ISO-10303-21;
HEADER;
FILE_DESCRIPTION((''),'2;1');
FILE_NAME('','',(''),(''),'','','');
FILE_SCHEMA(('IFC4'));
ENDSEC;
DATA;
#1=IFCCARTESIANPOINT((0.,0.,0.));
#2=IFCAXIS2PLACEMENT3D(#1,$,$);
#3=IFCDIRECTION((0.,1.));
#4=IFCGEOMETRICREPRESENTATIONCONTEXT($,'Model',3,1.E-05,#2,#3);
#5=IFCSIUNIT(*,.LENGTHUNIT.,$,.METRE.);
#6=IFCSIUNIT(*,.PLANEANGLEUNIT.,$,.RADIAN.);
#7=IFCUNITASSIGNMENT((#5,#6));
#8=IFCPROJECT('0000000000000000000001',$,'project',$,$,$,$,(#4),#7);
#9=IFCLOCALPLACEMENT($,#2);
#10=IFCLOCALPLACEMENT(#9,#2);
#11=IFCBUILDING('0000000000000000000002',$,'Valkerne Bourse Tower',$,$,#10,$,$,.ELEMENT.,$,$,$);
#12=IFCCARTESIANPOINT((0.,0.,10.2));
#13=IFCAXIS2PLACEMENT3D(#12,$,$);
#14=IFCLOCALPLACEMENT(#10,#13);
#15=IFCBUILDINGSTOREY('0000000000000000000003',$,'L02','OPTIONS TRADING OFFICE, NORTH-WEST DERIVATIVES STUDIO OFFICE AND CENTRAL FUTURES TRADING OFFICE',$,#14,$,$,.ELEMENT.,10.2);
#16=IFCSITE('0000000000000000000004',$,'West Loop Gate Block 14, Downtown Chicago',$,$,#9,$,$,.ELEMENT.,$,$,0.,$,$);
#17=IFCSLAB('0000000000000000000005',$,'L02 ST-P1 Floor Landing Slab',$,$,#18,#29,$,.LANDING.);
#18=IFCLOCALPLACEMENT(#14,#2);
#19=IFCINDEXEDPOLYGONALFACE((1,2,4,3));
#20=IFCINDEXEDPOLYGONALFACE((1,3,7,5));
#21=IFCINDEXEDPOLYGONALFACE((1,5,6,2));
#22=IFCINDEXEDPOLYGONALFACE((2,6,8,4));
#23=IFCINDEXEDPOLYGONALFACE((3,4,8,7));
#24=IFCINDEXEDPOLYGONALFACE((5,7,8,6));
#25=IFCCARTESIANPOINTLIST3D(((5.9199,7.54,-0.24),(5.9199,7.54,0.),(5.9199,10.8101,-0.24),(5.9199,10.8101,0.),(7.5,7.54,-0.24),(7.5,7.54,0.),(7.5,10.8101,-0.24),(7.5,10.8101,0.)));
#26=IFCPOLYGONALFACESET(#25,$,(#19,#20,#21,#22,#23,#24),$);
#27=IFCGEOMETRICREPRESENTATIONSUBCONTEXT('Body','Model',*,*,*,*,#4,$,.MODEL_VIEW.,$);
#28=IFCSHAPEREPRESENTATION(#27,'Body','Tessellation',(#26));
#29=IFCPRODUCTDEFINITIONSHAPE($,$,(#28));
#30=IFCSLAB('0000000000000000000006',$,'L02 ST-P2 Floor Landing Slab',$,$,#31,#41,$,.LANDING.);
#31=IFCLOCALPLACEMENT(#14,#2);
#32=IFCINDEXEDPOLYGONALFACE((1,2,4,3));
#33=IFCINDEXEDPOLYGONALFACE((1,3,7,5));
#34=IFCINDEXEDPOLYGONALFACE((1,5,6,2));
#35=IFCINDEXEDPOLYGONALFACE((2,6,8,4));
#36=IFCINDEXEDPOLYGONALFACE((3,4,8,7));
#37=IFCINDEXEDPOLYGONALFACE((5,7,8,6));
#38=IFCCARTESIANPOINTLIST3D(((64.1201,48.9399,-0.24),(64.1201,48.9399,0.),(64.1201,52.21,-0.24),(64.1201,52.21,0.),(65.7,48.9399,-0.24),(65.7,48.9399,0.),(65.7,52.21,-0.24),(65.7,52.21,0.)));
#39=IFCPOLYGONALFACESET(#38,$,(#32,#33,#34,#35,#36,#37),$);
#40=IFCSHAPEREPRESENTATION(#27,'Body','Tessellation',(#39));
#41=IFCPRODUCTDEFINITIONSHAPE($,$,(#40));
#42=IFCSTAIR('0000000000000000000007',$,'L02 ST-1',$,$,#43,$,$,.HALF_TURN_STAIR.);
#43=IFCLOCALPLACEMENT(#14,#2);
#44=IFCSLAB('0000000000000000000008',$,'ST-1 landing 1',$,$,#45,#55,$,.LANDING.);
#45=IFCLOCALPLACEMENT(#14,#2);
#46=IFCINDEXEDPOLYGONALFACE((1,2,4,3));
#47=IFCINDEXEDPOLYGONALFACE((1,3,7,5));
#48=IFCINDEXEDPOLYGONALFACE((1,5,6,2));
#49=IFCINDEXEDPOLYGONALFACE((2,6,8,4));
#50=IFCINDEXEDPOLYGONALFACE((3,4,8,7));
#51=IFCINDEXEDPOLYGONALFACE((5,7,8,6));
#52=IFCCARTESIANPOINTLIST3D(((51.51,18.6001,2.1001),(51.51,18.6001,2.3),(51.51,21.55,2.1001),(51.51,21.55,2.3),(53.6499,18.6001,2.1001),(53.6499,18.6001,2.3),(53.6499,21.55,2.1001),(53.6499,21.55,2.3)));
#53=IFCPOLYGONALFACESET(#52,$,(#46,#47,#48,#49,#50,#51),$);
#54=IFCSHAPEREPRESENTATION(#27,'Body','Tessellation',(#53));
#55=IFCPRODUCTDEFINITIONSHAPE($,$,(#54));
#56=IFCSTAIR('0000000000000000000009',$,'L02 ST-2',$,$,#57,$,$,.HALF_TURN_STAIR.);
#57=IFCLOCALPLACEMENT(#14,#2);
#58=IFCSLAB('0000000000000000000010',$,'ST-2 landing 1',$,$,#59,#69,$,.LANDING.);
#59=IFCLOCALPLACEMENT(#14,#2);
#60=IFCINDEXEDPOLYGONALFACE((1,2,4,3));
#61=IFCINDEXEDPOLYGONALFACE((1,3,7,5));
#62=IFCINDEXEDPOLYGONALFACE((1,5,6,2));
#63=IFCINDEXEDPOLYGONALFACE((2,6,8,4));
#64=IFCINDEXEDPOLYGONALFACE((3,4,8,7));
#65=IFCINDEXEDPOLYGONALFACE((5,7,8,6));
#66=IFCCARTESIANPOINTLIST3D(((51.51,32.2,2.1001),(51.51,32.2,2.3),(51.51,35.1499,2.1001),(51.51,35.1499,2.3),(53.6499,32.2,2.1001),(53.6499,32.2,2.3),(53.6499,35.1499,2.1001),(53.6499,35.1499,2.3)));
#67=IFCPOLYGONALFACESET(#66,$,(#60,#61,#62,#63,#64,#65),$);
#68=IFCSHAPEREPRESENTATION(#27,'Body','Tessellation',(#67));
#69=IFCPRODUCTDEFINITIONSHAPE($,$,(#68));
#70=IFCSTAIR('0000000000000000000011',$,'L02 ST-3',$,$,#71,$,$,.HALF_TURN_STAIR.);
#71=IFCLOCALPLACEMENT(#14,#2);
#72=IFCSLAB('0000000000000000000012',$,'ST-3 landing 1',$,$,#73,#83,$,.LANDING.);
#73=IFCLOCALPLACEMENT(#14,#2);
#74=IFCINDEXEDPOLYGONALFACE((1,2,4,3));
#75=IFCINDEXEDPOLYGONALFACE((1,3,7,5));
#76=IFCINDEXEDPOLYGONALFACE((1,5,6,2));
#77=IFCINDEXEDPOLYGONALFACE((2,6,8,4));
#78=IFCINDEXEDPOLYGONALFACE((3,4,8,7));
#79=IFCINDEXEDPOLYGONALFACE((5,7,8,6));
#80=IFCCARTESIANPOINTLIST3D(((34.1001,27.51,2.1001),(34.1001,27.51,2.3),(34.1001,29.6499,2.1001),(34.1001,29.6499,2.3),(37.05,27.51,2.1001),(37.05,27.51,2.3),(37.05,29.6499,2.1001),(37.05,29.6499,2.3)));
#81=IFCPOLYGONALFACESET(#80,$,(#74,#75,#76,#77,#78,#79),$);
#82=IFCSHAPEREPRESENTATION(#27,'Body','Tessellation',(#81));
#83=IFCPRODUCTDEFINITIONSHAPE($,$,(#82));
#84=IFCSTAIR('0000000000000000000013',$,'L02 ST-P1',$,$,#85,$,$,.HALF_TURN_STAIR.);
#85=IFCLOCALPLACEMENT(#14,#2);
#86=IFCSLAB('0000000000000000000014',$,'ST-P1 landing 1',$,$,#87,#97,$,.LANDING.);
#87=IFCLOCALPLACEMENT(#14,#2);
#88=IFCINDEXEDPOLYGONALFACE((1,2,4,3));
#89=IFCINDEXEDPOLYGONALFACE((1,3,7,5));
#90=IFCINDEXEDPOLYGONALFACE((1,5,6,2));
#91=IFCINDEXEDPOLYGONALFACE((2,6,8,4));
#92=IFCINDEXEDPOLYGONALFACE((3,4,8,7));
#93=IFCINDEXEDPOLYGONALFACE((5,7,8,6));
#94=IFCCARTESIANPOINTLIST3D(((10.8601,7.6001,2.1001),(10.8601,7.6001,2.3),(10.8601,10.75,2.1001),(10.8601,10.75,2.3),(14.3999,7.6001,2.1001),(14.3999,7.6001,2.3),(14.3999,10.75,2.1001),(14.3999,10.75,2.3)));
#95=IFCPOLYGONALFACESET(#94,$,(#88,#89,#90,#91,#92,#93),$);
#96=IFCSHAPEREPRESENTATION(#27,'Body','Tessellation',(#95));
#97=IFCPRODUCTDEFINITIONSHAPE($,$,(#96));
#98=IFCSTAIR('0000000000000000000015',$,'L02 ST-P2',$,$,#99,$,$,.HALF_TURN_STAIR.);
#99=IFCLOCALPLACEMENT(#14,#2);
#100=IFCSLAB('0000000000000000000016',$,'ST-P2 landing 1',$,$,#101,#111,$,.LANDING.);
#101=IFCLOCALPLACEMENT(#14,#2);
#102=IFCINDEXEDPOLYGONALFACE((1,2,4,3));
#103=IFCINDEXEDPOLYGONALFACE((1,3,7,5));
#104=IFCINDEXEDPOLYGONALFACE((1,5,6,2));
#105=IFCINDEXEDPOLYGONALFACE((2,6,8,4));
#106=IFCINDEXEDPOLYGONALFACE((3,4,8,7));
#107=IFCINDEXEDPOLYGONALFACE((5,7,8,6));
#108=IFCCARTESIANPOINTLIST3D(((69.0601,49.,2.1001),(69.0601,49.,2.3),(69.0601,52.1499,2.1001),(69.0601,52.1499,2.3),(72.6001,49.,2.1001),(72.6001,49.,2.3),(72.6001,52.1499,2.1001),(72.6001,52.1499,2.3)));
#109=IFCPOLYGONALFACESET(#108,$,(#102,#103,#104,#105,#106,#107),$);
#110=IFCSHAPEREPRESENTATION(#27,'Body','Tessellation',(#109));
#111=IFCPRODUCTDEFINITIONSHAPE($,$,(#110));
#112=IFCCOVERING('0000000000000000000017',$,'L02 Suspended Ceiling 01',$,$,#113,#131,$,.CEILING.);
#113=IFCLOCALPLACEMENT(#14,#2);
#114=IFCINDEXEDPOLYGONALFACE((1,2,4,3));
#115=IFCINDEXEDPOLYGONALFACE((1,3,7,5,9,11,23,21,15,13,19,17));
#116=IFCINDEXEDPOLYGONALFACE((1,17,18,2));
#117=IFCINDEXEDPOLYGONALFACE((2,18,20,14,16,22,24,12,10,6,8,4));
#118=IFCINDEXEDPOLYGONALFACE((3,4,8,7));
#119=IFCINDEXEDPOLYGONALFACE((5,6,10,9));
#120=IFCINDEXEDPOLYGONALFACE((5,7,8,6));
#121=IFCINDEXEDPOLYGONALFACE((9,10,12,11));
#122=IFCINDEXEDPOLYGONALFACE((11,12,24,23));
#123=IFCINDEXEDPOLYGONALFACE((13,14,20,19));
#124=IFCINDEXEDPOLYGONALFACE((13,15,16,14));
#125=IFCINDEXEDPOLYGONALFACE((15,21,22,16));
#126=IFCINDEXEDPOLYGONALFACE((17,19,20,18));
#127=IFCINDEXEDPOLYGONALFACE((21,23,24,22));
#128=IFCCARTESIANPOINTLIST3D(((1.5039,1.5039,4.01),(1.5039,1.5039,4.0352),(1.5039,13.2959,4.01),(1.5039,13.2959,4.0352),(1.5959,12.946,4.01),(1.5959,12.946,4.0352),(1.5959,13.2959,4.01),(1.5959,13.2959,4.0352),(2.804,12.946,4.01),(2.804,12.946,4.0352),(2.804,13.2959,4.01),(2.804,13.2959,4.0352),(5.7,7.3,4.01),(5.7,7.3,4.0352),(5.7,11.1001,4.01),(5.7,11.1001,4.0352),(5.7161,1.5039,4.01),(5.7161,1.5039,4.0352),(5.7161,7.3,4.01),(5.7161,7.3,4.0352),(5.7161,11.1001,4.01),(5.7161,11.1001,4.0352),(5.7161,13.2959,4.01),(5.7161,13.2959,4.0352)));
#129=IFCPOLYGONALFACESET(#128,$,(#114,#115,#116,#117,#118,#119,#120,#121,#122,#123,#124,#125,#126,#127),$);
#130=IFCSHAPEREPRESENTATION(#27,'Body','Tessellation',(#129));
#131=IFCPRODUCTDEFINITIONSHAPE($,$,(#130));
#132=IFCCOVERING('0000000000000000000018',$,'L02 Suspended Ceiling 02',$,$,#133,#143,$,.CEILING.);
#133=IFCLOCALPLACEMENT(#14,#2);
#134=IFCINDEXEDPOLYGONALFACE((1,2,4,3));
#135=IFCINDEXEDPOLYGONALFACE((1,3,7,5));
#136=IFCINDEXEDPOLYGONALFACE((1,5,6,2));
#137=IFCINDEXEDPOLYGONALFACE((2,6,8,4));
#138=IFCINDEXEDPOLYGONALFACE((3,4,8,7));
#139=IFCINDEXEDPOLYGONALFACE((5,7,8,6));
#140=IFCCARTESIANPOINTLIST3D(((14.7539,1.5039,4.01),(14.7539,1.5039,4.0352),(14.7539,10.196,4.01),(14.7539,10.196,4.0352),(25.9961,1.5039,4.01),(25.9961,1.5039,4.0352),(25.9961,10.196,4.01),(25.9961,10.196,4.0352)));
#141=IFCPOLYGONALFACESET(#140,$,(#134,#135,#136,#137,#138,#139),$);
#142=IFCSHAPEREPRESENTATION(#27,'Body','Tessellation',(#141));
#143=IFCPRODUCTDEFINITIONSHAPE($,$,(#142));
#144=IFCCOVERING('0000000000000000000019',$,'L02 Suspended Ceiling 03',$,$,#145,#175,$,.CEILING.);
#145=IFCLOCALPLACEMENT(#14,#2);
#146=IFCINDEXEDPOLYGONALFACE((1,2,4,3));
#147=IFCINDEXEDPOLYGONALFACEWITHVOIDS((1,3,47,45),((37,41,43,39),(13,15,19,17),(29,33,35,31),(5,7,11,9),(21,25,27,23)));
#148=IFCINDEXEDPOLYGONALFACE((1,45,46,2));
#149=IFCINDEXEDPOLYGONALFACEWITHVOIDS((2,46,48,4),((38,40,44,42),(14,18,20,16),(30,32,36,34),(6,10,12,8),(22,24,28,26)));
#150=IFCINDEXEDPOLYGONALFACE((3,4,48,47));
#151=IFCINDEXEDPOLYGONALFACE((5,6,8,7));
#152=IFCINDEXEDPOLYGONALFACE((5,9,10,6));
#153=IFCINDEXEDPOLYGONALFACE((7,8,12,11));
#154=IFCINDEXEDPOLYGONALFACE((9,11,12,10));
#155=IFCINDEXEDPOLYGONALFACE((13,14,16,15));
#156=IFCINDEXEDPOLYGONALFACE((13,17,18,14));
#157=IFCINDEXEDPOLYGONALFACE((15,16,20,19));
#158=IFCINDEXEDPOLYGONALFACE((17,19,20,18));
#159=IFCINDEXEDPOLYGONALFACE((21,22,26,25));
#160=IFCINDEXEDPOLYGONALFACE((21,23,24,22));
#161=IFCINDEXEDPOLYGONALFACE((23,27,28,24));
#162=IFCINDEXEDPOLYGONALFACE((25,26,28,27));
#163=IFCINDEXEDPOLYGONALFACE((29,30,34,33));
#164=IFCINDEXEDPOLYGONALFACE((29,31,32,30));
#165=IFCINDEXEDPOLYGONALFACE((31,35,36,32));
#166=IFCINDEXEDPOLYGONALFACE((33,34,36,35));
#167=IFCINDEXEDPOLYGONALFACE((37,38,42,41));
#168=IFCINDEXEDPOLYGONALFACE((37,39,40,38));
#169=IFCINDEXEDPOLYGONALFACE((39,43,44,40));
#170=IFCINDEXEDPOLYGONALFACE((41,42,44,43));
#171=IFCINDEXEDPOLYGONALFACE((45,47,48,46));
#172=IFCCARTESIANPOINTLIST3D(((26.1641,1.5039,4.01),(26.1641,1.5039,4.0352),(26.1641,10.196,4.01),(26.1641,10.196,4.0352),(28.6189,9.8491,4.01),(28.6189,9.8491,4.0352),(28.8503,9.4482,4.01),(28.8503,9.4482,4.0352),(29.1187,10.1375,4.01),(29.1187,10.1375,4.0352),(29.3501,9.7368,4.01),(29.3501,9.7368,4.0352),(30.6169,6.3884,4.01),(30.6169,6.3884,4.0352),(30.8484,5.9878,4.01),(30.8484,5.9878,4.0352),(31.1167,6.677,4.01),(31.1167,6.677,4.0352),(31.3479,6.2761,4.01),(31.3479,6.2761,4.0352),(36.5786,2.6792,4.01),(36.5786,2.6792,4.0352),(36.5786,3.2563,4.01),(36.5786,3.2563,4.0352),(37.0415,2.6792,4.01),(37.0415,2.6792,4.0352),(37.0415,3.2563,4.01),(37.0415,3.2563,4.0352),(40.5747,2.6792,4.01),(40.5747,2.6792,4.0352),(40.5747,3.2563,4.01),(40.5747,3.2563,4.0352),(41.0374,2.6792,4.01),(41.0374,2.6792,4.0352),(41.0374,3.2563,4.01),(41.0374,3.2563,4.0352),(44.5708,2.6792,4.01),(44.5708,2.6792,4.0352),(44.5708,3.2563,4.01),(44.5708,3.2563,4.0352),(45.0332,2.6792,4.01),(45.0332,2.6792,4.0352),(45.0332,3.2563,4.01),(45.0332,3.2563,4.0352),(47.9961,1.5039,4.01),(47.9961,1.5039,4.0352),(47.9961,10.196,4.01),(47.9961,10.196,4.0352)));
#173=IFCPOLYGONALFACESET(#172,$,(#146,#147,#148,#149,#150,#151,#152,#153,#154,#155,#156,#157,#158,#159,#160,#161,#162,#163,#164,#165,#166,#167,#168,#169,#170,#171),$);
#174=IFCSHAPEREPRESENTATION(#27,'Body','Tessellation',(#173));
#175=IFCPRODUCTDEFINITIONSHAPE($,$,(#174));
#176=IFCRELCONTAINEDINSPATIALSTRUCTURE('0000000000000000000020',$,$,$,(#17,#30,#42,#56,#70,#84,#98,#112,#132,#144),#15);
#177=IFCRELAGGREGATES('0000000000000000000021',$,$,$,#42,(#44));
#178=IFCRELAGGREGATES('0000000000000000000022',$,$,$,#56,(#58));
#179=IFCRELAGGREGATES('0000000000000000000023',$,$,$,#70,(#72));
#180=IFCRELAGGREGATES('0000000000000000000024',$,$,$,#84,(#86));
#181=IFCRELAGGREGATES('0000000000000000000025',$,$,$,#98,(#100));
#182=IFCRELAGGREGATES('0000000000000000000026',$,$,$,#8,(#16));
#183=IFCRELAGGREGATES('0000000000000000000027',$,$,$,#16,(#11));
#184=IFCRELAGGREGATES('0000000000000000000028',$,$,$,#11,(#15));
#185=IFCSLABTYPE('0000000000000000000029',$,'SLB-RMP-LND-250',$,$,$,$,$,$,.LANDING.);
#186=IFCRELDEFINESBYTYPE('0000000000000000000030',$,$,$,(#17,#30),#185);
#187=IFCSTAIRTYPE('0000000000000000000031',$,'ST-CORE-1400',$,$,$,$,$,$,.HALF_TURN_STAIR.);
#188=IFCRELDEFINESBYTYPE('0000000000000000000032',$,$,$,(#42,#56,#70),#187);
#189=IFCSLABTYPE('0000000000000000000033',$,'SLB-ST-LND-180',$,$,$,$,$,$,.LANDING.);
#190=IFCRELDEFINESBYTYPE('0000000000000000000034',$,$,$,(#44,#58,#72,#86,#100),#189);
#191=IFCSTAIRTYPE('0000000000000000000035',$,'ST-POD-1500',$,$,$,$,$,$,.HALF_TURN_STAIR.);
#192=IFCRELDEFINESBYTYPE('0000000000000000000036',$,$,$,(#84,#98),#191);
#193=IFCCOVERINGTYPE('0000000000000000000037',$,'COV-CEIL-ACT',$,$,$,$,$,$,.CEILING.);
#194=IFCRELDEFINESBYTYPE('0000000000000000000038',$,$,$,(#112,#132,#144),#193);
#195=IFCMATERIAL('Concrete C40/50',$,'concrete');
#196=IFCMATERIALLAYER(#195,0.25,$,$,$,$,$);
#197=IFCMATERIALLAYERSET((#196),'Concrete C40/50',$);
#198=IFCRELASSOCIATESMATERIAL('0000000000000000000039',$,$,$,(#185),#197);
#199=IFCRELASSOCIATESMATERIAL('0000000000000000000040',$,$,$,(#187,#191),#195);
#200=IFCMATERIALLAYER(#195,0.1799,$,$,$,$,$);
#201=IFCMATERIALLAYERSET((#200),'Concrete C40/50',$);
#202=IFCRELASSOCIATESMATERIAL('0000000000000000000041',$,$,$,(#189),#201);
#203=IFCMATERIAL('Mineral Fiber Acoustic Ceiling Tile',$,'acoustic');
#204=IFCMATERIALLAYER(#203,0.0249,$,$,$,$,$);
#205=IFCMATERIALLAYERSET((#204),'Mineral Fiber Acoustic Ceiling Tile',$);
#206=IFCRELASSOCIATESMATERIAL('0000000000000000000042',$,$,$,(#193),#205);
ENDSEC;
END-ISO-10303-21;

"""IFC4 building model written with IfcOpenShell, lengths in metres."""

from ifc_helpers import new_model, si_unit, direction, frame, origin, place, context, subcontext, project, spatial, polyline, outline, extrude, material, layer, layer_set, type_object, element, aggregate, save


model = new_model("IFC4")

# Units and contexts
model_context = context("Model", 3, precision=1e-05, world=origin(), true_north=direction((0.0, 1.0)))
body_context = subcontext(model_context, "Body", "Model", "MODEL_VIEW")
ifc_project = project(units=[si_unit("LENGTHUNIT", "METRE"), si_unit("PLANEANGLEUNIT", "RADIAN")], contexts=[model_context])

# Site, building, storey
site_placement = place(None, origin())
site = spatial("IfcSite", under=ifc_project, at=site_placement, Name="West Loop Gate Block 14, Downtown Chicago", CompositionType="ELEMENT", RefElevation=0.0)
building_placement = place(site_placement, origin())
building = spatial("IfcBuilding", under=site, at=building_placement, Name="Valkerne Bourse Tower", CompositionType="ELEMENT")
storey_placement = place(building_placement, frame((0.0, 0.0, 10.2)))
storey = spatial("IfcBuildingStorey", under=building, at=storey_placement, Name="L02", Description="OPTIONS TRADING OFFICE, NORTH-WEST DERIVATIVES STUDIO OFFICE AND CENTRAL FUTURES TRADING OFFICE", CompositionType="ELEMENT", Elevation=10.2)

# Slabs
ifc_material_1 = material(Name="Concrete C40/50", Category="concrete")
ifc_layer_1 = layer(ifc_material_1, 0.25)
ifc_layer_set_1 = layer_set([ifc_layer_1], Name="Concrete C40/50")
slab_type_1 = type_object("IfcSlabType", Name="SLB-RMP-LND-250", PredefinedType="LANDING", material=ifc_layer_set_1)
slab_1_placement = place(storey_placement, frame((0.0, 0.0, -0.24)))
element("IfcSlab", 1, at=slab_1_placement, inside=storey, type_object=slab_type_1, Name="L02 ST-P1 Floor Landing Slab", PredefinedType="LANDING", context=body_context, shape_type="SweptSolid", body=[
    extrude(outline(polyline([(5.9199, 7.54), (7.5, 7.54), (7.5, 10.8101), (5.9199, 10.8101), (5.9199, 7.54)])), origin(), (0.0, 0.0, 1.0), 0.24),
])
slab_2_placement = place(storey_placement, frame((0.0, 0.0, -0.24)))
element("IfcSlab", 2, at=slab_2_placement, inside=storey, type_object=slab_type_1, Name="L02 ST-P2 Floor Landing Slab", PredefinedType="LANDING", context=body_context, shape_type="SweptSolid", body=[
    extrude(outline(polyline([(64.1201, 48.9399), (65.7, 48.9399), (65.7, 52.21), (64.1201, 52.21), (64.1201, 48.9399)])), origin(), (0.0, 0.0, 1.0), 0.24),
])

# Stairs, slabs
stair_type_1 = type_object("IfcStairType", Name="ST-CORE-1400", PredefinedType="HALF_TURN_STAIR", material=ifc_material_1)
stair_1_placement = place(storey_placement, origin())
stair_1 = element("IfcStair", 3, at=stair_1_placement, inside=storey, type_object=stair_type_1, Name="L02 ST-1", PredefinedType="HALF_TURN_STAIR")
ifc_layer_2 = layer(ifc_material_1, 0.1799)
ifc_layer_set_2 = layer_set([ifc_layer_2], Name="Concrete C40/50")
slab_type_2 = type_object("IfcSlabType", Name="SLB-ST-LND-180", PredefinedType="LANDING", material=ifc_layer_set_2)
slab_3_placement = place(storey_placement, frame((0.0, 0.0, 2.1001)))
slab_3 = element("IfcSlab", 4, at=slab_3_placement, type_object=slab_type_2, Name="ST-1 landing 1", PredefinedType="LANDING", context=body_context, shape_type="SweptSolid", body=[
    extrude(outline(polyline([(51.51, 18.6001), (53.6499, 18.6001), (53.6499, 21.55), (51.51, 21.55), (51.51, 18.6001)])), origin(), (0.0, 0.0, 1.0), 0.2),
])
aggregate(stair_1, [slab_3])
stair_2_placement = place(storey_placement, origin())
stair_2 = element("IfcStair", 5, at=stair_2_placement, inside=storey, type_object=stair_type_1, Name="L02 ST-2", PredefinedType="HALF_TURN_STAIR")
slab_4_placement = place(storey_placement, frame((0.0, 0.0, 2.1001)))
slab_4 = element("IfcSlab", 6, at=slab_4_placement, type_object=slab_type_2, Name="ST-2 landing 1", PredefinedType="LANDING", context=body_context, shape_type="SweptSolid", body=[
    extrude(outline(polyline([(51.51, 32.2), (53.6499, 32.2), (53.6499, 35.1499), (51.51, 35.1499), (51.51, 32.2)])), origin(), (0.0, 0.0, 1.0), 0.2),
])
aggregate(stair_2, [slab_4])
stair_3_placement = place(storey_placement, origin())
stair_3 = element("IfcStair", 7, at=stair_3_placement, inside=storey, type_object=stair_type_1, Name="L02 ST-3", PredefinedType="HALF_TURN_STAIR")
slab_5_placement = place(storey_placement, frame((0.0, 0.0, 2.1001)))
slab_5 = element("IfcSlab", 8, at=slab_5_placement, type_object=slab_type_2, Name="ST-3 landing 1", PredefinedType="LANDING", context=body_context, shape_type="SweptSolid", body=[
    extrude(outline(polyline([(37.05, 27.51), (37.05, 29.6499), (34.1001, 29.6499), (34.1001, 27.51), (37.05, 27.51)])), origin(), (0.0, 0.0, 1.0), 0.2),
])
aggregate(stair_3, [slab_5])
stair_type_2 = type_object("IfcStairType", Name="ST-POD-1500", PredefinedType="HALF_TURN_STAIR", material=ifc_material_1)
stair_4_placement = place(storey_placement, origin())
stair_4 = element("IfcStair", 9, at=stair_4_placement, inside=storey, type_object=stair_type_2, Name="L02 ST-P1", PredefinedType="HALF_TURN_STAIR")
slab_6_placement = place(storey_placement, frame((0.0, 0.0, 2.1001)))
slab_6 = element("IfcSlab", 10, at=slab_6_placement, type_object=slab_type_2, Name="ST-P1 landing 1", PredefinedType="LANDING", context=body_context, shape_type="SweptSolid", body=[
    extrude(outline(polyline([(10.8601, 7.6001), (14.3999, 7.6001), (14.3999, 10.75), (10.8601, 10.75), (10.8601, 7.6001)])), origin(), (0.0, 0.0, 1.0), 0.2),
])
aggregate(stair_4, [slab_6])
stair_5_placement = place(storey_placement, origin())
stair_5 = element("IfcStair", 11, at=stair_5_placement, inside=storey, type_object=stair_type_2, Name="L02 ST-P2", PredefinedType="HALF_TURN_STAIR")
slab_7_placement = place(storey_placement, frame((0.0, 0.0, 2.1001)))
slab_7 = element("IfcSlab", 12, at=slab_7_placement, type_object=slab_type_2, Name="ST-P2 landing 1", PredefinedType="LANDING", context=body_context, shape_type="SweptSolid", body=[
    extrude(outline(polyline([(69.0601, 49.0), (72.6001, 49.0), (72.6001, 52.1499), (69.0601, 52.1499), (69.0601, 49.0)])), origin(), (0.0, 0.0, 1.0), 0.2),
])
aggregate(stair_5, [slab_7])

# Coverings
ifc_material_2 = material(Name="Mineral Fiber Acoustic Ceiling Tile", Category="acoustic")
ifc_layer_3 = layer(ifc_material_2, 0.0249)
ifc_layer_set_3 = layer_set([ifc_layer_3], Name="Mineral Fiber Acoustic Ceiling Tile")
covering_type_1 = type_object("IfcCoveringType", Name="COV-CEIL-ACT", PredefinedType="CEILING", material=ifc_layer_set_3)
covering_1_placement = place(storey_placement, frame((0.0, 0.0, 4.01)))
element("IfcCovering", 13, at=covering_1_placement, inside=storey, type_object=covering_type_1, Name="L02 Suspended Ceiling 01", PredefinedType="CEILING", context=body_context, shape_type="SweptSolid", body=[
    extrude(outline(polyline([(1.5039, 13.2959), (1.5959, 13.2959), (1.5959, 12.946), (2.804, 12.946), (2.804, 13.2959), (5.7161, 13.2959), (5.7161, 11.1001), (5.7, 11.1001), (5.7, 7.3), (5.7161, 7.3), (5.7161, 1.5039), (1.5039, 1.5039), (1.5039, 13.2959)])), origin(), (0.0, 0.0, 1.0), 0.0251),
])
covering_2_placement = place(storey_placement, frame((0.0, 0.0, 4.01)))
element("IfcCovering", 14, at=covering_2_placement, inside=storey, type_object=covering_type_1, Name="L02 Suspended Ceiling 02", PredefinedType="CEILING", context=body_context, shape_type="SweptSolid", body=[
    extrude(outline(polyline([(14.7539, 10.196), (25.9961, 10.196), (25.9961, 1.5039), (14.7539, 1.5039), (14.7539, 10.196)])), origin(), (0.0, 0.0, 1.0), 0.0251),
])
covering_3_placement = place(storey_placement, frame((0.0, 0.0, 4.01)))
element("IfcCovering", 15, at=covering_3_placement, inside=storey, type_object=covering_type_1, Name="L02 Suspended Ceiling 03", PredefinedType="CEILING", context=body_context, shape_type="SweptSolid", body=[
    extrude(outline(polyline([(26.1641, 10.196), (47.9961, 10.196), (47.9961, 1.5039), (26.1641, 1.5039), (26.1641, 10.196)]), holes=[polyline([(28.6189, 9.8491), (28.8503, 9.4482), (29.3501, 9.7368), (29.1187, 10.1375), (28.6189, 9.8491)]), polyline([(37.0415, 3.2563), (36.5786, 3.2563), (36.5786, 2.6792), (37.0415, 2.6792), (37.0415, 3.2563)]), polyline([(45.0332, 3.2563), (44.5708, 3.2563), (44.5708, 2.6792), (45.0332, 2.6792), (45.0332, 3.2563)]), polyline([(40.5747, 3.2563), (40.5747, 2.6792), (41.0374, 2.6792), (41.0374, 3.2563), (40.5747, 3.2563)]), polyline([(31.1167, 6.677), (30.6169, 6.3884), (30.8484, 5.9878), (31.3479, 6.2761), (31.1167, 6.677)])]), origin(), (0.0, 0.0, 1.0), 0.0251),
])

save(model, "model.ifc")
